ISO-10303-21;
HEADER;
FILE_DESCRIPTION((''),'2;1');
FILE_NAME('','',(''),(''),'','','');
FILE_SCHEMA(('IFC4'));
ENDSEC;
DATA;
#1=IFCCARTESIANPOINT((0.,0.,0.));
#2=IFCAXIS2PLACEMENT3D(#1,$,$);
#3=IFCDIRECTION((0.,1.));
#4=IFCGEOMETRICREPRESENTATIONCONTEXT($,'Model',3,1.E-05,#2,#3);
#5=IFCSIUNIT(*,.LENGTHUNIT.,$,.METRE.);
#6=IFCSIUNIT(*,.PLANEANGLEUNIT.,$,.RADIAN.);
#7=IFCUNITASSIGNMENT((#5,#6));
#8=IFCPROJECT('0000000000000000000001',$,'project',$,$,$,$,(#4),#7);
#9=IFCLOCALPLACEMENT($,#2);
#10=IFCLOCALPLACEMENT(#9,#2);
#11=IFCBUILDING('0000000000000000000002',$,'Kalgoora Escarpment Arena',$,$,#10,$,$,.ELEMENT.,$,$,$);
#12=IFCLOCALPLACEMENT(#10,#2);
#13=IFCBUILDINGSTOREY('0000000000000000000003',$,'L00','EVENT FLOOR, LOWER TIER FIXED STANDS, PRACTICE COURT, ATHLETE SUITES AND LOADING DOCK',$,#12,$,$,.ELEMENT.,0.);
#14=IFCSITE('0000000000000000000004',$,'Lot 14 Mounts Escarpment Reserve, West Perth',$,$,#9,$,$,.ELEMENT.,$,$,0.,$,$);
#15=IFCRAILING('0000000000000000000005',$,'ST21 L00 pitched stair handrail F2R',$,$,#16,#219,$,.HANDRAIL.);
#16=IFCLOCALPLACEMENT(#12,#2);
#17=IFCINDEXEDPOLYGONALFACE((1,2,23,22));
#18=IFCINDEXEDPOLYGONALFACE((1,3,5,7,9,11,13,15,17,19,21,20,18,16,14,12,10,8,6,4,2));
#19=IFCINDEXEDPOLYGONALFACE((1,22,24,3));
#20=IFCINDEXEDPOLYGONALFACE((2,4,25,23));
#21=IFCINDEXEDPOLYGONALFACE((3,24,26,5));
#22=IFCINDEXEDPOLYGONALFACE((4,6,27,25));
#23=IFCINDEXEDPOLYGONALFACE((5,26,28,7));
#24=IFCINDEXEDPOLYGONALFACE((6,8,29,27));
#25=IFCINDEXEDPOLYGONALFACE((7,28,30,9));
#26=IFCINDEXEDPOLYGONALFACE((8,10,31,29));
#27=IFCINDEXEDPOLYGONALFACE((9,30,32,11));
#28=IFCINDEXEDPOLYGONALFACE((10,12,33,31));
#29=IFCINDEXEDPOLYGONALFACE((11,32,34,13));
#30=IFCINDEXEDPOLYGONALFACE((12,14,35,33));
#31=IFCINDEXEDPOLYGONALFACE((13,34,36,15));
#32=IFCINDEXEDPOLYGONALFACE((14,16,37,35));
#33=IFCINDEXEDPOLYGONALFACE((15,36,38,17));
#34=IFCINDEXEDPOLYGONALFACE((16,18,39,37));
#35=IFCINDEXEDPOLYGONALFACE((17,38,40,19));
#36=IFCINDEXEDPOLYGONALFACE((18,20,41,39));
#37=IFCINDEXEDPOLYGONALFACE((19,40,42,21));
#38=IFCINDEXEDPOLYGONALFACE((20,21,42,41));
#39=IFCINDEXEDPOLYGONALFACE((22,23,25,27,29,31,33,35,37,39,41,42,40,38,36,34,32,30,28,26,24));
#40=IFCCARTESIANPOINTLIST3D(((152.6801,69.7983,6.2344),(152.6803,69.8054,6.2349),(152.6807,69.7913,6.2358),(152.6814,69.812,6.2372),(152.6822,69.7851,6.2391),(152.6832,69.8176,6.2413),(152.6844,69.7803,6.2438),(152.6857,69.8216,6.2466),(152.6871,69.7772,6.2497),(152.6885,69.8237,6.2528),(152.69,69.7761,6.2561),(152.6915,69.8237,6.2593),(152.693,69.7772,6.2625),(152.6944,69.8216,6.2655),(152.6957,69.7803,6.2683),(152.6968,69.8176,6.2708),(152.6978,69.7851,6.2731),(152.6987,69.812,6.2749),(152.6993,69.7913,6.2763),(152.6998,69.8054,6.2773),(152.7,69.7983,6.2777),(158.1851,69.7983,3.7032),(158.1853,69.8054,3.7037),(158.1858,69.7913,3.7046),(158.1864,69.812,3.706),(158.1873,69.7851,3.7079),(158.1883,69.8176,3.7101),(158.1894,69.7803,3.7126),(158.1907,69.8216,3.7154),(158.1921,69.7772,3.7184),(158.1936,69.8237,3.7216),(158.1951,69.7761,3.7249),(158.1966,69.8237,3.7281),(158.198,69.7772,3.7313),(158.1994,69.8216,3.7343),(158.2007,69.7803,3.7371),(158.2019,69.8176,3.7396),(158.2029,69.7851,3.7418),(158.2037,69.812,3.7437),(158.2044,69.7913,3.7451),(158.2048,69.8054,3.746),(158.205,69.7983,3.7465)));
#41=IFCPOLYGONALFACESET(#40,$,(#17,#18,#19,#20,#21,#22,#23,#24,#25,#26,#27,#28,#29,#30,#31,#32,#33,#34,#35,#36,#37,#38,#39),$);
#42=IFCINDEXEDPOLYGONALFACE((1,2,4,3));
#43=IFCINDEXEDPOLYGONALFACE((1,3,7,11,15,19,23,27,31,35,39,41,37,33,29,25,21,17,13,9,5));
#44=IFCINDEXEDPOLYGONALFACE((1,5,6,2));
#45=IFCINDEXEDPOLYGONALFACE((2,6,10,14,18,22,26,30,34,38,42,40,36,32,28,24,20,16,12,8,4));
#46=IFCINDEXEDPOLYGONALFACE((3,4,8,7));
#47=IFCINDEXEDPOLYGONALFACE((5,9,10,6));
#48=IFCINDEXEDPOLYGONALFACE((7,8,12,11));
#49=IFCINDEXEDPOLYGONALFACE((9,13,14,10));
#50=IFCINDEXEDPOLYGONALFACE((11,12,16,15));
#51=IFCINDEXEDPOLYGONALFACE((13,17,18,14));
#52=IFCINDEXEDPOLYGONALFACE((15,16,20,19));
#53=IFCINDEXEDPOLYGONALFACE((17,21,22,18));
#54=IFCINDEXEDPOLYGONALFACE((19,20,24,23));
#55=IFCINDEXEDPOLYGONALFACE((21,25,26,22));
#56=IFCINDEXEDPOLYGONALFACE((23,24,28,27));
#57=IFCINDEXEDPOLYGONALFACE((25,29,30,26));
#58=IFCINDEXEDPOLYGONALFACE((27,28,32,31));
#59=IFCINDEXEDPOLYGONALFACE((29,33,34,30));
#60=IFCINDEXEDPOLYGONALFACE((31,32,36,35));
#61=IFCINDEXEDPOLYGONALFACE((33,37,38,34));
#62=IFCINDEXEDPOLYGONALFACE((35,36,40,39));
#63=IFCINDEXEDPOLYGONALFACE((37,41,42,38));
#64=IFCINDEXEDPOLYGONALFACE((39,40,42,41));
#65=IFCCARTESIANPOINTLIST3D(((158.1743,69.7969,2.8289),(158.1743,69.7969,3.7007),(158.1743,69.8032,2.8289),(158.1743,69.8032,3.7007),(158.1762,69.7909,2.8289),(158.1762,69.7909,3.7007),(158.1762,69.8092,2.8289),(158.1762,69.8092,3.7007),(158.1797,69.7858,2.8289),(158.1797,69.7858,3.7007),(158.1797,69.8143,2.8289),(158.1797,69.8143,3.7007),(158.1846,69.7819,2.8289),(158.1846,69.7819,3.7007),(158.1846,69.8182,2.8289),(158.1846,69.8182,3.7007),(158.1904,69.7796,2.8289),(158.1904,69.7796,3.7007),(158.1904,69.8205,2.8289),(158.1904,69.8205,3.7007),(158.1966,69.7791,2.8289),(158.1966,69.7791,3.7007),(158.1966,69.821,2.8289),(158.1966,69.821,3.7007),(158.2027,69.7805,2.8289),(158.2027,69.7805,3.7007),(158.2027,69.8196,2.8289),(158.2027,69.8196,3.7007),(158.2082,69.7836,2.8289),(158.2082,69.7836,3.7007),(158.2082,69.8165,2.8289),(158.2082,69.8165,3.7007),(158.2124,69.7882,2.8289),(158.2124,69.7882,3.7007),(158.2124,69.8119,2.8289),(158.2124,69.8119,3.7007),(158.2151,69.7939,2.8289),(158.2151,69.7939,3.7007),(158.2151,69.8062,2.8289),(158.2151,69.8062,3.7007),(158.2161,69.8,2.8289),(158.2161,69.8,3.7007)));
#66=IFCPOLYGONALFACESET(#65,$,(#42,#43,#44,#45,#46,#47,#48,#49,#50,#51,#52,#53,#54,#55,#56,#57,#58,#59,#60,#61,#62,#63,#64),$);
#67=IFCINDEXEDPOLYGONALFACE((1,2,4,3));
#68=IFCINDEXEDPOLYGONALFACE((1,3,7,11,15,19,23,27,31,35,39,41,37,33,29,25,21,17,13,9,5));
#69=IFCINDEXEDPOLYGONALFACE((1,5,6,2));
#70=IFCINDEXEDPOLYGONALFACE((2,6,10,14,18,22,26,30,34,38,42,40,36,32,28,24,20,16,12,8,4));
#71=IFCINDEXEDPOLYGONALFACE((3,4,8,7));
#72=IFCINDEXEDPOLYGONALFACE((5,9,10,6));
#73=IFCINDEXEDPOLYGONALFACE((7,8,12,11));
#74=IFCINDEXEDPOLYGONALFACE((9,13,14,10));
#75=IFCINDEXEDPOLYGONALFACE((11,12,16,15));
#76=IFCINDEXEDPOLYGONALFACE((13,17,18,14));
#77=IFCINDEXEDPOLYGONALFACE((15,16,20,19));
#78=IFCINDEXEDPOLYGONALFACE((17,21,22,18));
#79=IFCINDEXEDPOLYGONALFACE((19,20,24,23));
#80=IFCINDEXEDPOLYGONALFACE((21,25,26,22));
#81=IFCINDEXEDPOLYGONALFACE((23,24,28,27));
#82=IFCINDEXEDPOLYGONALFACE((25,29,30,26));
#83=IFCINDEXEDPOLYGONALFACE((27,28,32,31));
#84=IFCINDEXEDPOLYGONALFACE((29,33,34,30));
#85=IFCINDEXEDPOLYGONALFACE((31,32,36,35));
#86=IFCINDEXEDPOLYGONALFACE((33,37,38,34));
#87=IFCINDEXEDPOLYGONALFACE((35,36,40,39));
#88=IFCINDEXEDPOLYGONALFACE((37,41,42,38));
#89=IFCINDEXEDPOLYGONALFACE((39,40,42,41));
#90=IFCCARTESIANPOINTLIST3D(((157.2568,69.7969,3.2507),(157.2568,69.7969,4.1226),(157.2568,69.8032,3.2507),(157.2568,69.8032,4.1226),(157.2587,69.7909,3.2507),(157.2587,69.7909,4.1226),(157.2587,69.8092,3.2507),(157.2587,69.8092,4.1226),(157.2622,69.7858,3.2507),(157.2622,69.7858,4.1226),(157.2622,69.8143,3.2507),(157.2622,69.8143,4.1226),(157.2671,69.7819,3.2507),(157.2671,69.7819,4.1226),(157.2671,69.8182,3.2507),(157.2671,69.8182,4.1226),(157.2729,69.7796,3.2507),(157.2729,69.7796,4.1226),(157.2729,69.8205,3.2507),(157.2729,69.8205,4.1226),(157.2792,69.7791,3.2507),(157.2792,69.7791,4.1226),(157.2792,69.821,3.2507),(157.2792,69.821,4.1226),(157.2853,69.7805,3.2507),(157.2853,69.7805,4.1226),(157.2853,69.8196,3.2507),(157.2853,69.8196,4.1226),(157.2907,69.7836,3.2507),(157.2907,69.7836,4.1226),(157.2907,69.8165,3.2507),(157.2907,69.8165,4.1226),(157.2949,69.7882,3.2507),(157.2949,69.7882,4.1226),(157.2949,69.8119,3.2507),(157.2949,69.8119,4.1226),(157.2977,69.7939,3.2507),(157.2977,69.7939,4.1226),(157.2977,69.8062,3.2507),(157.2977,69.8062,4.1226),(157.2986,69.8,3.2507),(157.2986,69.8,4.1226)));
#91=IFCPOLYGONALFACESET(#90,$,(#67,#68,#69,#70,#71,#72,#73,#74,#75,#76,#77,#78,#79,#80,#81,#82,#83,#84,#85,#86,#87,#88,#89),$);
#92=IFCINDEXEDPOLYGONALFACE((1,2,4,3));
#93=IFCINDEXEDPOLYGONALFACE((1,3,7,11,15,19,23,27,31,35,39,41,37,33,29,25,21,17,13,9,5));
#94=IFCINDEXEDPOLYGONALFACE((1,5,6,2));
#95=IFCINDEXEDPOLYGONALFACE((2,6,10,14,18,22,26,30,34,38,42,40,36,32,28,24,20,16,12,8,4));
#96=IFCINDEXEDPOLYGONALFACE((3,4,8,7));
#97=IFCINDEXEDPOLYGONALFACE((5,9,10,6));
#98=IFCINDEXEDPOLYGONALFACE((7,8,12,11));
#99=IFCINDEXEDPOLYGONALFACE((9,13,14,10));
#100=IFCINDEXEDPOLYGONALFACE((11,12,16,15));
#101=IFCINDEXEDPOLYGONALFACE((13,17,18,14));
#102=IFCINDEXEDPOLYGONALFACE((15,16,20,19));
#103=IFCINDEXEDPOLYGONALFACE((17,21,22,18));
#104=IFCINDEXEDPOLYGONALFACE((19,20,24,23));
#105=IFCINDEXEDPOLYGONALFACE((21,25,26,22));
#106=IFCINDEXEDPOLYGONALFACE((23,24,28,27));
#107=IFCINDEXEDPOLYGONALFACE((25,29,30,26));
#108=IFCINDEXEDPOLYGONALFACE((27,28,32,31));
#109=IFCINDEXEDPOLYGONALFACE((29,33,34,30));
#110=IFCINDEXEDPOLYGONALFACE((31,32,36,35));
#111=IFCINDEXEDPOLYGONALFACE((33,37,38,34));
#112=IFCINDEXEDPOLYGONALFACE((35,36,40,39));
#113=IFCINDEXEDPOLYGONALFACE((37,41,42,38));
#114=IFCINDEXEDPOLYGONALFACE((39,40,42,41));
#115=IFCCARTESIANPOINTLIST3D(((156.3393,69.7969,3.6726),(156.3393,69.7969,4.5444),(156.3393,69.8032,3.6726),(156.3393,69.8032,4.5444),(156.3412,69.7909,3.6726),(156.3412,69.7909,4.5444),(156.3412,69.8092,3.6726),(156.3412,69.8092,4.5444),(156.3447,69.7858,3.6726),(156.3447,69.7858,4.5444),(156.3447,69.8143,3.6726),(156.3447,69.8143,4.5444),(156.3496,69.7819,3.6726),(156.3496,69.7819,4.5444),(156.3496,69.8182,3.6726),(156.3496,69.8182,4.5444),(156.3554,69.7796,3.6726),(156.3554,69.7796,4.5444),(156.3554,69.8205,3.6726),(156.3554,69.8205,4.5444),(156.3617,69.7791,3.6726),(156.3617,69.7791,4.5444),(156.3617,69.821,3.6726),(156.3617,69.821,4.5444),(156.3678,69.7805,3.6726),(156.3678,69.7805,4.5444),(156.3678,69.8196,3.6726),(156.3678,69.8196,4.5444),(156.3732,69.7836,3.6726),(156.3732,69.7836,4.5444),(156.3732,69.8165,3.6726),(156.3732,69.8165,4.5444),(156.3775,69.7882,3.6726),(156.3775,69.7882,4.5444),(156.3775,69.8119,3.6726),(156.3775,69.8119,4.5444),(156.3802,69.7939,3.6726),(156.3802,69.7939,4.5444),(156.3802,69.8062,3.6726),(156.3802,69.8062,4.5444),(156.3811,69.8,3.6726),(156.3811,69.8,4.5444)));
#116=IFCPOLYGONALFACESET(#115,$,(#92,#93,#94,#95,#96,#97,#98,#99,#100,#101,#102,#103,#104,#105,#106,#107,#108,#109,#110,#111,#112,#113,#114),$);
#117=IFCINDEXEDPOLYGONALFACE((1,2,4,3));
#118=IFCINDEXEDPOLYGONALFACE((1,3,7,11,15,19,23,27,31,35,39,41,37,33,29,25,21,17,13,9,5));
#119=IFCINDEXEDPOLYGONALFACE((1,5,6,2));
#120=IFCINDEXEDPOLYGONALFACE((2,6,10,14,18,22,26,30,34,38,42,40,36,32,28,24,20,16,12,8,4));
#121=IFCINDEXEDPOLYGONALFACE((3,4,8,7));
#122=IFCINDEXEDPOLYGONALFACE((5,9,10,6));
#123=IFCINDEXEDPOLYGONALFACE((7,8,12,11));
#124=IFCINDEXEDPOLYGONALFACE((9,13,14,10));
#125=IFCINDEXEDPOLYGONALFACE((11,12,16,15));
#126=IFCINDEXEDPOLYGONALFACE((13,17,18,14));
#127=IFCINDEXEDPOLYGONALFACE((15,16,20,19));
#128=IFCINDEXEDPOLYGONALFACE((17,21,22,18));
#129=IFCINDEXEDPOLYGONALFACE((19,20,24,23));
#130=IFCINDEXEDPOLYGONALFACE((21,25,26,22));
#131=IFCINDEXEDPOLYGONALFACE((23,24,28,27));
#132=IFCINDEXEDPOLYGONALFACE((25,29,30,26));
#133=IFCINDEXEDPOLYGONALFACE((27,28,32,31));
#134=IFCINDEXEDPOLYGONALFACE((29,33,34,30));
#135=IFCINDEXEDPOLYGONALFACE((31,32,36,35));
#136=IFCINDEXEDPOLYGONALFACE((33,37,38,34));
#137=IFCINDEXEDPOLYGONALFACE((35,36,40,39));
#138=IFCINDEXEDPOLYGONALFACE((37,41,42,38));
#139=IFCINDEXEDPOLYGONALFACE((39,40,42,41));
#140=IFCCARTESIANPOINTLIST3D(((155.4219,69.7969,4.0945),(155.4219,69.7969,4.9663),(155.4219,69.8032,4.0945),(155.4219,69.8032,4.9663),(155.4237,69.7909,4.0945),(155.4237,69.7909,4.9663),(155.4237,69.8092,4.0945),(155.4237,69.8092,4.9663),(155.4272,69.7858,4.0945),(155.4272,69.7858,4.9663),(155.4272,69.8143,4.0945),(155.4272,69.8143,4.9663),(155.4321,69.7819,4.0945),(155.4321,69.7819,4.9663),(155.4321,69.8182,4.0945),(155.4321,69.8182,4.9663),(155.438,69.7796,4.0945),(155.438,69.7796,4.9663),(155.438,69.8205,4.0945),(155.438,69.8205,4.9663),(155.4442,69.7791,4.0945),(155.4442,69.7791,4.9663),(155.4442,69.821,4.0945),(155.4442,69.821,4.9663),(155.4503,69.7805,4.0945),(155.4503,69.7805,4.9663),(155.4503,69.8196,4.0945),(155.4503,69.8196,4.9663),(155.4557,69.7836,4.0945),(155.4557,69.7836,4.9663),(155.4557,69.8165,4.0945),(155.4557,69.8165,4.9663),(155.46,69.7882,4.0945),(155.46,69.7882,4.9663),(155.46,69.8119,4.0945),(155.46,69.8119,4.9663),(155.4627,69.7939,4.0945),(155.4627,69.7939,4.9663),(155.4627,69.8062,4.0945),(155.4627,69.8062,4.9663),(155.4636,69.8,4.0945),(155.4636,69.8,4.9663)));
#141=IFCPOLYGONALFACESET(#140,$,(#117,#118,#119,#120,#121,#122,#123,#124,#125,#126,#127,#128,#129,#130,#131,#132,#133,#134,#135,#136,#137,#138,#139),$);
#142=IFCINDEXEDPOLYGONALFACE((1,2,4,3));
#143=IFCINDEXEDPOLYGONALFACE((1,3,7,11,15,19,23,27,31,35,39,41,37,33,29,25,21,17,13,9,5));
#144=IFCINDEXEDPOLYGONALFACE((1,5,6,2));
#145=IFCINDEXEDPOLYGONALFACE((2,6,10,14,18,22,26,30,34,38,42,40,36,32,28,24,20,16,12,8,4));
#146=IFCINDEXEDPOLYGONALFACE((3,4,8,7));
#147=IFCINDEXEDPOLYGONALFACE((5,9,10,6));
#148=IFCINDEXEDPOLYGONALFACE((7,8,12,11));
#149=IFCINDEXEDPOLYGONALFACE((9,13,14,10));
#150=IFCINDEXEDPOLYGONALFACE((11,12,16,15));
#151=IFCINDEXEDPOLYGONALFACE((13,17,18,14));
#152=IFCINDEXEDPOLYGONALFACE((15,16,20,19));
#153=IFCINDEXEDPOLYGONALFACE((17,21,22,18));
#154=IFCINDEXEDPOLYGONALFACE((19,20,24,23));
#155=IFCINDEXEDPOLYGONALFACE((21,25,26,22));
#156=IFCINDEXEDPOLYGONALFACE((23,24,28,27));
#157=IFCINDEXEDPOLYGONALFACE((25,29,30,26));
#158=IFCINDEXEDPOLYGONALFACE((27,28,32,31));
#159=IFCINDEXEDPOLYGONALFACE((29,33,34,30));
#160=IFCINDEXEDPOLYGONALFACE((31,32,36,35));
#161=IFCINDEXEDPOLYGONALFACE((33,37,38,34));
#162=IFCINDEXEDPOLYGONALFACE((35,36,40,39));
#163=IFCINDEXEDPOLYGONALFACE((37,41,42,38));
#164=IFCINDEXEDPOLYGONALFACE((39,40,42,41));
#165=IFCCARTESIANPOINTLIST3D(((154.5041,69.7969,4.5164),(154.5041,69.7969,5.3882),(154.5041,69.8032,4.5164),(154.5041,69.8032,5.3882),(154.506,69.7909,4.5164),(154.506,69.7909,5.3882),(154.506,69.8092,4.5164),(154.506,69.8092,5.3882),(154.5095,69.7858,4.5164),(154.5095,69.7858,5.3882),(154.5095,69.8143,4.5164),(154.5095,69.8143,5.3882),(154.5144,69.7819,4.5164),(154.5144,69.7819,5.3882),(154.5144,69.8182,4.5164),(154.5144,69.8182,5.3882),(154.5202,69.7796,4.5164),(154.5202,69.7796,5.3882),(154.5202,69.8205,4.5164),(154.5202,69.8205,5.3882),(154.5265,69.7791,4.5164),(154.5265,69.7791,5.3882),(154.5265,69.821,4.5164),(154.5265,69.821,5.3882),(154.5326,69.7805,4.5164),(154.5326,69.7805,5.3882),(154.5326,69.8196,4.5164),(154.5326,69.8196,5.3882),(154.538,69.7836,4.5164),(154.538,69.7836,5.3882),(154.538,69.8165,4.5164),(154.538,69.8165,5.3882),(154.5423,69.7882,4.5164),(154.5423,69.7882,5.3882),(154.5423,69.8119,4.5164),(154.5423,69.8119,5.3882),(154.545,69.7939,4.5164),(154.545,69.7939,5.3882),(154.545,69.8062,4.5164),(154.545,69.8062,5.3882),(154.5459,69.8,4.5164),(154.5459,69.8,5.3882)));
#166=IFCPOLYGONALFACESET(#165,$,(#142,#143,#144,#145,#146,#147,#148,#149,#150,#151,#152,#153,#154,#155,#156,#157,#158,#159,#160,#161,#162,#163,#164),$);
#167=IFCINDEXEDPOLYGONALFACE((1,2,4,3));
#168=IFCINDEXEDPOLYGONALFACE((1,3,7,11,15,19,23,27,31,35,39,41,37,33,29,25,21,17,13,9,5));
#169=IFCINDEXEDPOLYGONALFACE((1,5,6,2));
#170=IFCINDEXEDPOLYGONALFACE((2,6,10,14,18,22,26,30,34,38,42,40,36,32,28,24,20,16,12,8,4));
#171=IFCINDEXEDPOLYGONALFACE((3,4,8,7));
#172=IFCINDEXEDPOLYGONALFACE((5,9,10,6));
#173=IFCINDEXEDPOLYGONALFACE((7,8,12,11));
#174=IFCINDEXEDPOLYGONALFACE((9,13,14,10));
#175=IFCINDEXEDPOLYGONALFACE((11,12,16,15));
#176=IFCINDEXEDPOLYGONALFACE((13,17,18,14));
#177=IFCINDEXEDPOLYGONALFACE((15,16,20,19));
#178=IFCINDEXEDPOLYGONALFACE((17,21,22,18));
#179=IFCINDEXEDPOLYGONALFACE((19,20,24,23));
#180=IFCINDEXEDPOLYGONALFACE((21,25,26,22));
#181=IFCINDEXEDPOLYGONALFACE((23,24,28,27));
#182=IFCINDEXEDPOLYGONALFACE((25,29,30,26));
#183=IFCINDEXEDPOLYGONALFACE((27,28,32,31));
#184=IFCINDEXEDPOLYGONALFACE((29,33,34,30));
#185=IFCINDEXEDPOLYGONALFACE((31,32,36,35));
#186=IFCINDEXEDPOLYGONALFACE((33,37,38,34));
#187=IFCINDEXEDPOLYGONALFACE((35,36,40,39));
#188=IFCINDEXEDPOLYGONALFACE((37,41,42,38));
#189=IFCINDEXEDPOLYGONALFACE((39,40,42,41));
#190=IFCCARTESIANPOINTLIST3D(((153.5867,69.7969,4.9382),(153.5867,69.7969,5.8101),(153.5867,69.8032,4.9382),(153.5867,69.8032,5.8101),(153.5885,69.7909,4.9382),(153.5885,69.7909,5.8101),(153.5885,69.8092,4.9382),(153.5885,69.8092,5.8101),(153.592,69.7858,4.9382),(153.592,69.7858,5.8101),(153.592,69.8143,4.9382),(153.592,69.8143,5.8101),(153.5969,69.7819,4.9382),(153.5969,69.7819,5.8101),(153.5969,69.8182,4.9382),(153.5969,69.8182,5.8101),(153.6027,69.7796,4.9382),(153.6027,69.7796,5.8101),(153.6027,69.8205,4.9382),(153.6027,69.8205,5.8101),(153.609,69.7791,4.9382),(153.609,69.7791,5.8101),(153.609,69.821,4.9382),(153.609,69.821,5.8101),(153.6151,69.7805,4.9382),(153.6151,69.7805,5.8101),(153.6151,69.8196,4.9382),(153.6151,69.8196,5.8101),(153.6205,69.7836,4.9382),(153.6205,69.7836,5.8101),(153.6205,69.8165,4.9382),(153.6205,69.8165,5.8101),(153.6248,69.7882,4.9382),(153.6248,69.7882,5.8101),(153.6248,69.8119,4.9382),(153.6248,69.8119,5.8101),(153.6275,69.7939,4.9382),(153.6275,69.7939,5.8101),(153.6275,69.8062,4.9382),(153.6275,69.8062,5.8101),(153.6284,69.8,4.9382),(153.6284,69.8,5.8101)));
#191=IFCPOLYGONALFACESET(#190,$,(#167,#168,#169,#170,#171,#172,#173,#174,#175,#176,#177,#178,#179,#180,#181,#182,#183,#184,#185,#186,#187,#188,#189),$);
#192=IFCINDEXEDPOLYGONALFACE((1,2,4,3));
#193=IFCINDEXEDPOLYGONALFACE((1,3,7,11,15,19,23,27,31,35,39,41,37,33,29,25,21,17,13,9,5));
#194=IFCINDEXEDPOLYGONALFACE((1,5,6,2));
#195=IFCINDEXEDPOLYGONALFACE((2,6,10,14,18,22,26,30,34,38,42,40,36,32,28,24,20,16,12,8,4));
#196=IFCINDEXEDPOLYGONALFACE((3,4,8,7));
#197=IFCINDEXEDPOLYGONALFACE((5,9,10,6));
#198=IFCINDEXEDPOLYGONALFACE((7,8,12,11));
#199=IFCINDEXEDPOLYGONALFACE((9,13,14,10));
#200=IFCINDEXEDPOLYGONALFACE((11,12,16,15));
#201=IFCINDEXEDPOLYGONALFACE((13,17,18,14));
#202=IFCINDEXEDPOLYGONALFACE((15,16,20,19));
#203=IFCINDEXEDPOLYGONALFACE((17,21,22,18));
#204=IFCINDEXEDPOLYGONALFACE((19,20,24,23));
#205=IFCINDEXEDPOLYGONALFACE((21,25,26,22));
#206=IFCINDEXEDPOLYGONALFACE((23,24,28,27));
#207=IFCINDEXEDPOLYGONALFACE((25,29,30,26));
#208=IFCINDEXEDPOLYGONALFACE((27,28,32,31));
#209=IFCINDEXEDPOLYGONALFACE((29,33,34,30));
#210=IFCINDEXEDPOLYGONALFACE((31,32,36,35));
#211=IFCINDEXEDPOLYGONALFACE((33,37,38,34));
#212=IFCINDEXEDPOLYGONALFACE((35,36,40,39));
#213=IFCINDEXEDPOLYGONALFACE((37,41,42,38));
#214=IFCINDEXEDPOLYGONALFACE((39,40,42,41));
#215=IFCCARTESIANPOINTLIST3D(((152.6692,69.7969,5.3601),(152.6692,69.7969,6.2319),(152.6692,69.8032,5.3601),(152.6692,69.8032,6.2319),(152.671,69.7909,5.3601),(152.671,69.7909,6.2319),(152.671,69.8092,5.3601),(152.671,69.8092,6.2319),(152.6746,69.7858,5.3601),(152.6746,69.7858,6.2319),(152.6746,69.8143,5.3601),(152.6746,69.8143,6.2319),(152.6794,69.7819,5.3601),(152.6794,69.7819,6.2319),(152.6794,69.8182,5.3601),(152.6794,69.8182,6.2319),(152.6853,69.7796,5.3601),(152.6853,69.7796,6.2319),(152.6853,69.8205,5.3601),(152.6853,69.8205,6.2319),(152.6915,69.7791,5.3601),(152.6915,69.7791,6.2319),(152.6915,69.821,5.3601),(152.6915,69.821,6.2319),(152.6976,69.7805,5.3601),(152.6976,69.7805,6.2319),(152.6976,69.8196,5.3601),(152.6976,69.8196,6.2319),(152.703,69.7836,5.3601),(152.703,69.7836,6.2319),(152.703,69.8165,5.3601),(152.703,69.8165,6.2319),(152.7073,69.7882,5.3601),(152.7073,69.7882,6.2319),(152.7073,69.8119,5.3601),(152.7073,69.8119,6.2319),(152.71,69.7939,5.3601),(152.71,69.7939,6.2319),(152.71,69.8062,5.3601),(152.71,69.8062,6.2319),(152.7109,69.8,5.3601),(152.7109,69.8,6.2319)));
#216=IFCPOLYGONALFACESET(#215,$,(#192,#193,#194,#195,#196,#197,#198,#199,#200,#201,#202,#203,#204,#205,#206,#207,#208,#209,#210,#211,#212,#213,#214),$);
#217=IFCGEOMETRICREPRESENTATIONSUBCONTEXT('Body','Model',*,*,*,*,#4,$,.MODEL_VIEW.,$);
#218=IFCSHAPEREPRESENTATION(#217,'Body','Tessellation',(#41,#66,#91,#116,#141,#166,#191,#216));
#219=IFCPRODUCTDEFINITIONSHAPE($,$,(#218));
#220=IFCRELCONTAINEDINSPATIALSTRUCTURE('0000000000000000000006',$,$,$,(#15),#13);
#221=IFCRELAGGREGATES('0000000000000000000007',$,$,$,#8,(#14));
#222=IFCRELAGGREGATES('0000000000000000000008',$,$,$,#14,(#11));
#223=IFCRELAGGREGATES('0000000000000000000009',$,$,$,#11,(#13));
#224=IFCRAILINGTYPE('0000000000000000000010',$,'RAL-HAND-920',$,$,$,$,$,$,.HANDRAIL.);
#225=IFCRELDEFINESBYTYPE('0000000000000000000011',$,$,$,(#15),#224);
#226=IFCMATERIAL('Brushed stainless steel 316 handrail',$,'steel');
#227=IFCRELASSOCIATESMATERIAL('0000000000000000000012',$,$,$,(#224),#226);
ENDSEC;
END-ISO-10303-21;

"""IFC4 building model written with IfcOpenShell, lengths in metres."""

from ifc_helpers import new_model, si_unit, direction, frame, origin, origin_2d, place, context, subcontext, project, spatial, circle, extrude, material, type_object, element, save


model = new_model("IFC4")

# Units and contexts
model_context = context("Model", 3, precision=1e-05, world=origin(), true_north=direction((0.0, 1.0)))
body_context = subcontext(model_context, "Body", "Model", "MODEL_VIEW")
ifc_project = project(units=[si_unit("LENGTHUNIT", "METRE"), si_unit("PLANEANGLEUNIT", "RADIAN")], contexts=[model_context])

# Site, building, storey
site_placement = place(None, origin())
site = spatial("IfcSite", under=ifc_project, at=site_placement, Name="Lot 14 Mounts Escarpment Reserve, West Perth", CompositionType="ELEMENT", RefElevation=0.0)
building_placement = place(site_placement, origin())
building = spatial("IfcBuilding", under=site, at=building_placement, Name="Kalgoora Escarpment Arena", CompositionType="ELEMENT")
storey_placement = place(building_placement, origin())
storey = spatial("IfcBuildingStorey", under=building, at=storey_placement, Name="L00", Description="EVENT FLOOR, LOWER TIER FIXED STANDS, PRACTICE COURT, ATHLETE SUITES AND LOADING DOCK", CompositionType="ELEMENT", Elevation=0.0)

# Railing
ifc_material_1 = material(Name="Brushed stainless steel 316 handrail", Category="steel")
railing_type = type_object("IfcRailingType", Name="RAL-HAND-920", PredefinedType="HANDRAIL", material=ifc_material_1)
railing_placement = place(storey_placement, frame((158.1951, 69.8, 2.8289)))
element("IfcRailing", 1, at=railing_placement, inside=storey, type_object=railing_type, Name="ST21 L00 pitched stair handrail F2R", PredefinedType="HANDRAIL", context=body_context, shape_type="SweptSolid", body=[
    extrude(circle(Radius=0.0239, at=origin_2d()), frame((0.0, 0.0, 0.896), z_axis=(-0.90856, 0.0, 0.417755), x_axis=(0.0, -1.0, 0.0)), (0.0, 0.0, 1.0), 6.0591),
    extrude(circle(Radius=0.021, at=origin_2d()), origin(), (0.0, 0.0, 1.0), 0.8718),
    extrude(circle(Radius=0.021, at=origin_2d()), frame((-0.9175, 0.0, 0.4219)), (0.0, 0.0, 1.0), 0.8718),
    extrude(circle(Radius=0.021, at=origin_2d()), frame((-1.835, 0.0, 0.8438)), (0.0, 0.0, 1.0), 0.8718),
    extrude(circle(Radius=0.021, at=origin_2d()), frame((-2.7524, 0.0, 1.2656)), (0.0, 0.0, 1.0), 0.8718),
    extrude(circle(Radius=0.021, at=origin_2d()), frame((-3.6702, 0.0, 1.6875)), (0.0, 0.0, 1.0), 0.8718),
    extrude(circle(Radius=0.021, at=origin_2d()), frame((-4.5876, 0.0, 2.1094)), (0.0, 0.0, 1.0), 0.8718),
    extrude(circle(Radius=0.021, at=origin_2d()), frame((-5.5051, 0.0, 2.5312)), (0.0, 0.0, 1.0), 0.8718),
])

save(model, "model.ifc")
